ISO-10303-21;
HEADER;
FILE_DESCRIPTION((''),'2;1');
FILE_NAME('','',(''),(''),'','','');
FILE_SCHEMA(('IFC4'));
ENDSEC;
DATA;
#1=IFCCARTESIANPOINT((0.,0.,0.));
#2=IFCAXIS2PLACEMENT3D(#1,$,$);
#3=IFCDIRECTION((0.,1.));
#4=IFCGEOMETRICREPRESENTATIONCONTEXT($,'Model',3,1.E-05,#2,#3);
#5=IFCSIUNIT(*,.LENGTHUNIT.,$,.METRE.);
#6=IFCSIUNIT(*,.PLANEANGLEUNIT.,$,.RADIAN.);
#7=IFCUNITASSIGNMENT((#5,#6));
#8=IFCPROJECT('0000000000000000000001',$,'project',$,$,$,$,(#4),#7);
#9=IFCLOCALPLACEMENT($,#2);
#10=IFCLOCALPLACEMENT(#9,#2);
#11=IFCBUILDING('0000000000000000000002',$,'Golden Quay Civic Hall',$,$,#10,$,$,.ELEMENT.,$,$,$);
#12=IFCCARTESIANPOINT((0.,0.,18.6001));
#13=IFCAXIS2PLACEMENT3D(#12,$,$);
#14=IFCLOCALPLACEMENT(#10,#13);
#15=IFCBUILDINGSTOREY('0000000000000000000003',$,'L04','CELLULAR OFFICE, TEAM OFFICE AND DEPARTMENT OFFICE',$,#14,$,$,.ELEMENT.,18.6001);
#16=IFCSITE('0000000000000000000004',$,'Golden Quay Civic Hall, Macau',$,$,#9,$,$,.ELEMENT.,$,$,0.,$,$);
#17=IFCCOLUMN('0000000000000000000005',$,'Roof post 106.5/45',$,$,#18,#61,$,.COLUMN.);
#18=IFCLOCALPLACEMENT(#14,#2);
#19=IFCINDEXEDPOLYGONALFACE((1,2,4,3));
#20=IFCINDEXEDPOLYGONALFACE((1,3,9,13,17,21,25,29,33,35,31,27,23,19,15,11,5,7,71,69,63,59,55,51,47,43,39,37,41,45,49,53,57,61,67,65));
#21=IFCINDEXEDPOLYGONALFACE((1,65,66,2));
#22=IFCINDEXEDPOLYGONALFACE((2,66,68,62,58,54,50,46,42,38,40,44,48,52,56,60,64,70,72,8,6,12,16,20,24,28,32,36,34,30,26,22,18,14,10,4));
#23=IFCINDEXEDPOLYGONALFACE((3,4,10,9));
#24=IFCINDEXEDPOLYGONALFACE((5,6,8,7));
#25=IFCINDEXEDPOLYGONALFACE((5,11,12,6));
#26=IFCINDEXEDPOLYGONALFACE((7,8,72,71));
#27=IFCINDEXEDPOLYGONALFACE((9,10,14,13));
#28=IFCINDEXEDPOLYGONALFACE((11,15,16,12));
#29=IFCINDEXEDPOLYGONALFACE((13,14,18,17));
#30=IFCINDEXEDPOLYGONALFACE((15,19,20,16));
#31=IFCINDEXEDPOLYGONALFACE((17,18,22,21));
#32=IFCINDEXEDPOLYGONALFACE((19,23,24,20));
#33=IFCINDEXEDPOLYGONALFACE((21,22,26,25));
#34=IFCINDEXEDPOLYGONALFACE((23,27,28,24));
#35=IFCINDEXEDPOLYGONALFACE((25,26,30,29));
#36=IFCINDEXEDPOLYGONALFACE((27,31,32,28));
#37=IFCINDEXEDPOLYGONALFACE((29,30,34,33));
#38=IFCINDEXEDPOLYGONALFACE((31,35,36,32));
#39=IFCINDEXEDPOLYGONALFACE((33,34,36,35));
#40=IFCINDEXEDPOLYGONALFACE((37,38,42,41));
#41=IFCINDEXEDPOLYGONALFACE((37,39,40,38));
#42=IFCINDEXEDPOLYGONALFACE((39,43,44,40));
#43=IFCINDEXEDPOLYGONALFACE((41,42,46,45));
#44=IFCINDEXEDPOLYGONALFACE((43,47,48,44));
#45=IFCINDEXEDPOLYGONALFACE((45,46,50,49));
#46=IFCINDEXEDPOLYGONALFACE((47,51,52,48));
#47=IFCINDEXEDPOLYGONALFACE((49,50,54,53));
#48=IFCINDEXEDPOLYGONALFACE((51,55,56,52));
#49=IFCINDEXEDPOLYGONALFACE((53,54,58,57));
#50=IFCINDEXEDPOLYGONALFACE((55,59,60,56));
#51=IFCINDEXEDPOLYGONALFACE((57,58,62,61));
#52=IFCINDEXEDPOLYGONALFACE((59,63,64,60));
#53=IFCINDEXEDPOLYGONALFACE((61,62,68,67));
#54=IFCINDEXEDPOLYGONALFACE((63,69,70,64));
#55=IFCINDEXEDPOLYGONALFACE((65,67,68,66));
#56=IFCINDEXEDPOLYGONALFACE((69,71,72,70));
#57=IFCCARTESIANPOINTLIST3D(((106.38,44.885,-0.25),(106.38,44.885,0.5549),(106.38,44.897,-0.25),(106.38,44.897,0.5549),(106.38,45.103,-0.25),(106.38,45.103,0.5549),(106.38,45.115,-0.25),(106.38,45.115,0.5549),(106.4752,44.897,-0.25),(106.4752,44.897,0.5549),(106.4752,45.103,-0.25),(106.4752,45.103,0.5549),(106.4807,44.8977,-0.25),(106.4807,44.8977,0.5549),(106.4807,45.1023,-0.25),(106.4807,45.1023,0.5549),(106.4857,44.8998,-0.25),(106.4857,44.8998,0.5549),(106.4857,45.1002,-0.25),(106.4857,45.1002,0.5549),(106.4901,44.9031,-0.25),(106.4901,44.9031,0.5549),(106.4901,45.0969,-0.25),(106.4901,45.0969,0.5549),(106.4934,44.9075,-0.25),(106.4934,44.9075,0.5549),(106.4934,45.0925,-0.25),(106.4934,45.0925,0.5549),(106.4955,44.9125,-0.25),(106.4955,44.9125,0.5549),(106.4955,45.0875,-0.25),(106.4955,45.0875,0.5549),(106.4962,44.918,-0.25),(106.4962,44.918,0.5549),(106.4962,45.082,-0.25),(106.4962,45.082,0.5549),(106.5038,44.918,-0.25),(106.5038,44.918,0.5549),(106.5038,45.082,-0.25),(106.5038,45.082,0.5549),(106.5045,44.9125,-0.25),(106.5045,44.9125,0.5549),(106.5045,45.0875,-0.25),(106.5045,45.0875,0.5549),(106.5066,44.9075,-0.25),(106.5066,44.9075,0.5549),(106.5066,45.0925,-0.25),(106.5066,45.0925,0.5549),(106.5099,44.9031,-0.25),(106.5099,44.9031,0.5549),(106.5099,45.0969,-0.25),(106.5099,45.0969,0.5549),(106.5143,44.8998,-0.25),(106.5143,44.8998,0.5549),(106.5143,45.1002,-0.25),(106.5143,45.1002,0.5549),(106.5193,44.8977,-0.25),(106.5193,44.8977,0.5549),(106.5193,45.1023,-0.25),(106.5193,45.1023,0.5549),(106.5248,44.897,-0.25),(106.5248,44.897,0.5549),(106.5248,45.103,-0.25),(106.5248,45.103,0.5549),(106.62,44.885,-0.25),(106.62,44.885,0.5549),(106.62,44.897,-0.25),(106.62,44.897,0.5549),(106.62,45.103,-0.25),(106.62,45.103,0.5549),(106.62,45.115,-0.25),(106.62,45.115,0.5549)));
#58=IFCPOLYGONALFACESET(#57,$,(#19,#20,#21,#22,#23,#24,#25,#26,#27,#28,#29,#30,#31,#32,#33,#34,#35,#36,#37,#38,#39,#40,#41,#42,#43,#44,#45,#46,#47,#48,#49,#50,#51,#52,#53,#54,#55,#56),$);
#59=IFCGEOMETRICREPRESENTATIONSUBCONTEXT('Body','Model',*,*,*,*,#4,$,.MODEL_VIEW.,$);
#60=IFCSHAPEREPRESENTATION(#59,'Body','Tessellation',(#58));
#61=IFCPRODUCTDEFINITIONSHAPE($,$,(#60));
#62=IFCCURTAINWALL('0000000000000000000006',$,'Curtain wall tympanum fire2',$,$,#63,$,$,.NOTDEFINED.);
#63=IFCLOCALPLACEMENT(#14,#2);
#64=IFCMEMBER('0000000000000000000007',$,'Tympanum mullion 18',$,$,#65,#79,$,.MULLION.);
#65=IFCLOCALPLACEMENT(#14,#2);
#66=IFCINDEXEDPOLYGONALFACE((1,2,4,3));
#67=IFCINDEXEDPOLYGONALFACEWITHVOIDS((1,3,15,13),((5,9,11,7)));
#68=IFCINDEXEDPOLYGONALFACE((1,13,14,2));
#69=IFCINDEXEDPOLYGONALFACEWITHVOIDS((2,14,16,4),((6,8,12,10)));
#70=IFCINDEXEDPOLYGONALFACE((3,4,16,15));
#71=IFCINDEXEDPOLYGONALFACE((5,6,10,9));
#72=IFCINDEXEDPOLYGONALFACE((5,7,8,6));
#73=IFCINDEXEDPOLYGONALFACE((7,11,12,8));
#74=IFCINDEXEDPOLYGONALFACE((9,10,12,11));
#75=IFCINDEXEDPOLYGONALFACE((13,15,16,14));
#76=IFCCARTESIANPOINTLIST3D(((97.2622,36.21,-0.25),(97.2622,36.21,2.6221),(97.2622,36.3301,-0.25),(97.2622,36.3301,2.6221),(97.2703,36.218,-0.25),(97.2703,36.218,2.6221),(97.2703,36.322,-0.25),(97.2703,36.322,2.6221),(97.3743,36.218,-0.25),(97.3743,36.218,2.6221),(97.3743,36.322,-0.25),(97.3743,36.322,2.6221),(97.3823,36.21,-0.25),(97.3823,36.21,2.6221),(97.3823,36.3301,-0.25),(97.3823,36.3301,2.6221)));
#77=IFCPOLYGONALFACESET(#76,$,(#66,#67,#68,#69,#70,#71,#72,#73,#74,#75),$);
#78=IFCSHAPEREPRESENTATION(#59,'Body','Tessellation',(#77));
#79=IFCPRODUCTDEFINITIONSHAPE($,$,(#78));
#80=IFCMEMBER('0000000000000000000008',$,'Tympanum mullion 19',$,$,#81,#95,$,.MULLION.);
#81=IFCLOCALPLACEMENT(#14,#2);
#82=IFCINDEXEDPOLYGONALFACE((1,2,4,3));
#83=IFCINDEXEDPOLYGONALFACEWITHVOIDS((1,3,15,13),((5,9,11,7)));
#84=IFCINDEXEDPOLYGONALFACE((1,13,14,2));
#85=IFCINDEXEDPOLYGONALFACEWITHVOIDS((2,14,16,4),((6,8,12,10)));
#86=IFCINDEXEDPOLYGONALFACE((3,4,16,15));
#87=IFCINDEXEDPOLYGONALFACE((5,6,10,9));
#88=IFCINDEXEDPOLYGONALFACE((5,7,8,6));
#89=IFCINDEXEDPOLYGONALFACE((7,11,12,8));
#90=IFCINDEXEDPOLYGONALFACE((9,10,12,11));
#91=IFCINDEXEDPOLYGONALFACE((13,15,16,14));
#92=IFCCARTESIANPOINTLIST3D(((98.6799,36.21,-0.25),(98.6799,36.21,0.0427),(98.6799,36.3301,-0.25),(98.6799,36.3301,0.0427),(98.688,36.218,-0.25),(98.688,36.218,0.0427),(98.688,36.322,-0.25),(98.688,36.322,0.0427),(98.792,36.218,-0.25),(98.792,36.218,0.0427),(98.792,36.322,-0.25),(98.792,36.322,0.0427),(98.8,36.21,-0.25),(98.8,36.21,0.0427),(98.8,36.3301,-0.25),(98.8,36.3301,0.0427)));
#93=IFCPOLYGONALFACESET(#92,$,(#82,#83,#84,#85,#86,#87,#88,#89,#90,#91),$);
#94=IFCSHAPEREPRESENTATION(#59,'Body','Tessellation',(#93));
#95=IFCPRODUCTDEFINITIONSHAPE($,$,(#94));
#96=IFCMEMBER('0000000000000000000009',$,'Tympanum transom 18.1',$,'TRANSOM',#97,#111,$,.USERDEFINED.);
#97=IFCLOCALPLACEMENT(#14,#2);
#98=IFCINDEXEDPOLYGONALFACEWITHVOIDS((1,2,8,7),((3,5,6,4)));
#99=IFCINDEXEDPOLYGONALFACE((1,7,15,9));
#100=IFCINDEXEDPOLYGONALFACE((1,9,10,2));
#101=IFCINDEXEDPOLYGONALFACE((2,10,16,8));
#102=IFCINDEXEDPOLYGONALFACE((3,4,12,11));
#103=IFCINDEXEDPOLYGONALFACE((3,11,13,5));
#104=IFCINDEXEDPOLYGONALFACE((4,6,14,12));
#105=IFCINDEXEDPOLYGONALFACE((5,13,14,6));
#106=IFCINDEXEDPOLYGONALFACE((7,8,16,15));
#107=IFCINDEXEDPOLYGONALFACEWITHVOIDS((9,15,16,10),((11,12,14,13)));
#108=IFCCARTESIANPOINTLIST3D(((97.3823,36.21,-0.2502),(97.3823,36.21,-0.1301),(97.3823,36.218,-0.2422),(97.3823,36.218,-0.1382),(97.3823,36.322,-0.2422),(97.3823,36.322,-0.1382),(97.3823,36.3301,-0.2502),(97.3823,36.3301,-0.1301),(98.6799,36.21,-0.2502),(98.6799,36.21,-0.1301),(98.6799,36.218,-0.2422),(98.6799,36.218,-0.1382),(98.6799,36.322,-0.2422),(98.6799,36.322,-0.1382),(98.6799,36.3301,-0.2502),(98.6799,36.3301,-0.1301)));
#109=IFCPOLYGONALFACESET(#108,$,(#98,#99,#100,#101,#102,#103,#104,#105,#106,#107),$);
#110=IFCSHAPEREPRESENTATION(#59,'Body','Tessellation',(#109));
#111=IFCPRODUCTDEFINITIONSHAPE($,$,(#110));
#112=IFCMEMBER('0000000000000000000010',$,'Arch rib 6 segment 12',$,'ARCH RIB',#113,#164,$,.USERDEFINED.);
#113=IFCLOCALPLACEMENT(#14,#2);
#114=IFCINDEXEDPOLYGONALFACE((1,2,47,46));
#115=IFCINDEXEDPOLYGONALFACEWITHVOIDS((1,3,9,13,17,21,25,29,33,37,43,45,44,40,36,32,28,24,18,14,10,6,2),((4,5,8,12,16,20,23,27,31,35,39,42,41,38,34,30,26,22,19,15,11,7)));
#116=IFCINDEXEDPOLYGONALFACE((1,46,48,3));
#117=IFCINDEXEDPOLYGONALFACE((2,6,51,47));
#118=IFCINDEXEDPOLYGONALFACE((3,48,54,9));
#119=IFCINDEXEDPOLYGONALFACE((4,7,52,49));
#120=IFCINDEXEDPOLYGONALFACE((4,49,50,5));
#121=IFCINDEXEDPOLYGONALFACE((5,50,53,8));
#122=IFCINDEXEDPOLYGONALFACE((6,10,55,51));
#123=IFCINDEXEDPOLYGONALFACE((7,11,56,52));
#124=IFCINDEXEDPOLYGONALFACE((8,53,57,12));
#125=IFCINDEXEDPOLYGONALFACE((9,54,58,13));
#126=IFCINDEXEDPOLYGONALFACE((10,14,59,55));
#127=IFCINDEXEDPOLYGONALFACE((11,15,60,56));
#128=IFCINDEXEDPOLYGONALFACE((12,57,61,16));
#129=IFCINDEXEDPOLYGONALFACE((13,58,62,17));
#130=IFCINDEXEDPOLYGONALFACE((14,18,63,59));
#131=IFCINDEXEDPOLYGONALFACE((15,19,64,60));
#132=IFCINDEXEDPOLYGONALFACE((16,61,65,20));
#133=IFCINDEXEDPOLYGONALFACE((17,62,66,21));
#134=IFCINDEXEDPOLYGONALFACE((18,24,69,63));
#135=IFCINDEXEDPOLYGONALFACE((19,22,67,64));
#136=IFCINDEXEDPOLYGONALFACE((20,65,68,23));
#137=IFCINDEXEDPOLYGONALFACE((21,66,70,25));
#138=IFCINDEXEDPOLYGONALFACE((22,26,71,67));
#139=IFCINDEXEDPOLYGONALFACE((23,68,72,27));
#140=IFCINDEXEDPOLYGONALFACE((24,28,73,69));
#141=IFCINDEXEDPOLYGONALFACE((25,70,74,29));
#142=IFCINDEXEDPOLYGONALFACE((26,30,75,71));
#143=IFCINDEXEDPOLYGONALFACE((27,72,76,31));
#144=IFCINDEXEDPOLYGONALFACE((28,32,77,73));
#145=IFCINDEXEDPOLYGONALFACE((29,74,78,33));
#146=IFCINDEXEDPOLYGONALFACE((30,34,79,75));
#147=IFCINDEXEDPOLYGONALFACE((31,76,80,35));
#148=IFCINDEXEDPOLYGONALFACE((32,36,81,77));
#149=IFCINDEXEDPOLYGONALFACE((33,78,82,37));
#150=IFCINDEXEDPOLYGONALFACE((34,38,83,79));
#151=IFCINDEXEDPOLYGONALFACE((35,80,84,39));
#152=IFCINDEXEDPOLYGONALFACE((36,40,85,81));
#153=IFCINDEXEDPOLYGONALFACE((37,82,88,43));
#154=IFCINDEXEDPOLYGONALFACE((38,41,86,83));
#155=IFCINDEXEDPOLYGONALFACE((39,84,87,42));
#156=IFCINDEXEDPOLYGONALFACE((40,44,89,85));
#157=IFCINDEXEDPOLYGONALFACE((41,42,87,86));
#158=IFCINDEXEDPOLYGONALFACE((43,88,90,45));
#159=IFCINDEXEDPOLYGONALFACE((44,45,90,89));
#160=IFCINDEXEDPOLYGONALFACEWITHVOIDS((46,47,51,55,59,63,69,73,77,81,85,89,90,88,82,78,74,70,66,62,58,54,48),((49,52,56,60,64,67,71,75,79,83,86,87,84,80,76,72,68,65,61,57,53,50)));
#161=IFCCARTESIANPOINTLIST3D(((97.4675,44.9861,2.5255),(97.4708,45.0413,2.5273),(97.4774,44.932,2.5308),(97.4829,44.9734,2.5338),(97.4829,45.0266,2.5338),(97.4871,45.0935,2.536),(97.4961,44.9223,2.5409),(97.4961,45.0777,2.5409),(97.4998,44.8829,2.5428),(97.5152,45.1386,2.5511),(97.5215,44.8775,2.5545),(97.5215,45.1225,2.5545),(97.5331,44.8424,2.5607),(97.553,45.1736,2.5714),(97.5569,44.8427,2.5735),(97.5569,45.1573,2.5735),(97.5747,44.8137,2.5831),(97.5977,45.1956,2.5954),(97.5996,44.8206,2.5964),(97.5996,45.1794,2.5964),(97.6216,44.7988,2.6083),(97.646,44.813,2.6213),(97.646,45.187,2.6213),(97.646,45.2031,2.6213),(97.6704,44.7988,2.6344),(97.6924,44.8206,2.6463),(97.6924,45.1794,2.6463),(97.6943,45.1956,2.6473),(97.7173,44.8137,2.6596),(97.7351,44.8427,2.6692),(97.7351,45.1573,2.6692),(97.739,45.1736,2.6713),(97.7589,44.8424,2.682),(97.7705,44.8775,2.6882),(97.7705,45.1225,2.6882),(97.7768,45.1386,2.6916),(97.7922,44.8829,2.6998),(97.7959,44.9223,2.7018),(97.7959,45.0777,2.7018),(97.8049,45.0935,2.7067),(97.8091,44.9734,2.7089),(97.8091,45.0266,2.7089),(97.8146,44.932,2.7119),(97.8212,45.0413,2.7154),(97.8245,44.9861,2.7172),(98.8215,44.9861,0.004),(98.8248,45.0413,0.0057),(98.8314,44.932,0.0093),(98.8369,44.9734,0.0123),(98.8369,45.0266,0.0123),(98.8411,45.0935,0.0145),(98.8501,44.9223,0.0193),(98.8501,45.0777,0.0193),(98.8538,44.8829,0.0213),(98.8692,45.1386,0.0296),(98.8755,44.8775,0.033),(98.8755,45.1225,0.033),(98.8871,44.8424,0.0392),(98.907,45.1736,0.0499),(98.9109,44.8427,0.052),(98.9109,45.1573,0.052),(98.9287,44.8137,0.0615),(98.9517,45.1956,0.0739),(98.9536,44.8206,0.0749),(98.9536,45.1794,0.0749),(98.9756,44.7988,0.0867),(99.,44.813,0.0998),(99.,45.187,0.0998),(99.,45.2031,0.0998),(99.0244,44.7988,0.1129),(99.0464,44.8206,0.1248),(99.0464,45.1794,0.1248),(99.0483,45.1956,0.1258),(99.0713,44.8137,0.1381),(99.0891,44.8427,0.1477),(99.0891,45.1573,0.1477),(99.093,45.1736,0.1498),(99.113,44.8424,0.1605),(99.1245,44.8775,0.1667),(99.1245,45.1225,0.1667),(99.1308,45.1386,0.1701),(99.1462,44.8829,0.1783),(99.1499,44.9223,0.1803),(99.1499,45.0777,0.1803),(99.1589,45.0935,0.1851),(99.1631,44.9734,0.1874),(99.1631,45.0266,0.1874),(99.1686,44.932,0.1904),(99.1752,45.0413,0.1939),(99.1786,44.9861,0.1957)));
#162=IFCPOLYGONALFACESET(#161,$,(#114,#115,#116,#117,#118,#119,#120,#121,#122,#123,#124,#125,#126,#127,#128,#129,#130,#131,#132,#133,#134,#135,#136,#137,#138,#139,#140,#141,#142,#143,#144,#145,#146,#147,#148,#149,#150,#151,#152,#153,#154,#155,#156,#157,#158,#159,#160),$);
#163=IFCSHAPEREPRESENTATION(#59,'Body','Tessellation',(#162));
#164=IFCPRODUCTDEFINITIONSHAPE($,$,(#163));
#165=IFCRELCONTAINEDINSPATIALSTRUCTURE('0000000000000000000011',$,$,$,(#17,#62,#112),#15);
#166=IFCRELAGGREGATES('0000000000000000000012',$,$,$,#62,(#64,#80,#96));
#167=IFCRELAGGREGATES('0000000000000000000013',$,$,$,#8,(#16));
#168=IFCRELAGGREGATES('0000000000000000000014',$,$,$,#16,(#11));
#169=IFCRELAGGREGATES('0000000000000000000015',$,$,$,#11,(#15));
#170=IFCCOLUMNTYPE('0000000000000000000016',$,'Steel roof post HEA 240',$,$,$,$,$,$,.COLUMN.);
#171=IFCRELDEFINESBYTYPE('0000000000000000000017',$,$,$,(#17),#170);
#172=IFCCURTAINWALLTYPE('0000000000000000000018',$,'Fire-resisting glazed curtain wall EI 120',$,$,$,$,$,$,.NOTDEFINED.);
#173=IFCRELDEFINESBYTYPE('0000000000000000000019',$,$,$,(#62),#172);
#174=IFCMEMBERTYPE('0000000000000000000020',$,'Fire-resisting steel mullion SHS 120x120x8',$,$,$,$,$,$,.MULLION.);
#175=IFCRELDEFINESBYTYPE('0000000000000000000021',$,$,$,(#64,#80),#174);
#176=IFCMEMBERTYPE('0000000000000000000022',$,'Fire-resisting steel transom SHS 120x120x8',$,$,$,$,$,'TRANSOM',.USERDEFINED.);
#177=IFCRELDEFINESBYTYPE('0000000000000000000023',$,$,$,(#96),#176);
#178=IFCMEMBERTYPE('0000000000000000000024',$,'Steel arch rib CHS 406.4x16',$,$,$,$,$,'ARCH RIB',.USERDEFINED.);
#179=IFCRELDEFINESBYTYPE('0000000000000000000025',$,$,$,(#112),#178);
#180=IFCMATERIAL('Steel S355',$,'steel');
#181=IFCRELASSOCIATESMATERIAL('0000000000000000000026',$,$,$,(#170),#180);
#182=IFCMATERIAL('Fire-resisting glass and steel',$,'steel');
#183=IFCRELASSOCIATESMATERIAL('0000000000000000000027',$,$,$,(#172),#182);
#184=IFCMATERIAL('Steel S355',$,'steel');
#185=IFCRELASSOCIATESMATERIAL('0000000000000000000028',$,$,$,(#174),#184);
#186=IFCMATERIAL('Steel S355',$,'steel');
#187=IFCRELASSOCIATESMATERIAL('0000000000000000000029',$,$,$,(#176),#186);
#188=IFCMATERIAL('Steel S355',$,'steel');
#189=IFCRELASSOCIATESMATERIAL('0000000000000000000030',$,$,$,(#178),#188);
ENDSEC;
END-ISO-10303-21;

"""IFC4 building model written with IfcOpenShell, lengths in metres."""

from ifc_helpers import new_model, si_unit, direction, frame, origin, origin_2d, place, context, subcontext, project, spatial, hollow_rectangle, hollow_circle, i_section, extrude, material, material_profile, profile_set, type_object, element, aggregate, save


model = new_model("IFC4")

# Units and contexts
model_context = context("Model", 3, precision=1e-05, world=origin(), true_north=direction((0.0, 1.0)))
body_context = subcontext(model_context, "Body", "Model", "MODEL_VIEW")
ifc_project = project(units=[si_unit("LENGTHUNIT", "METRE"), si_unit("PLANEANGLEUNIT", "RADIAN")], contexts=[model_context])

# Site, building, storey
site_placement = place(None, origin())
site = spatial("IfcSite", under=ifc_project, at=site_placement, Name="Golden Quay Civic Hall, Macau", CompositionType="ELEMENT", RefElevation=0.0)
building_placement = place(site_placement, origin())
building = spatial("IfcBuilding", under=site, at=building_placement, Name="Golden Quay Civic Hall", CompositionType="ELEMENT")
storey_placement = place(building_placement, frame((0.0, 0.0, 18.6001)))
storey = spatial("IfcBuildingStorey", under=building, at=storey_placement, Name="L04", Description="CELLULAR OFFICE, TEAM OFFICE AND DEPARTMENT OFFICE", CompositionType="ELEMENT", Elevation=18.6001)

# Column
ifc_material_1 = material(Name="Steel S355", Category="steel")
ifc_material_profile_1 = material_profile(ifc_material_1, i_section(OverallWidth=0.24, OverallDepth=0.23, WebThickness=0.0076, FlangeThickness=0.012, FilletRadius=0.021, at=origin_2d()), Name="HEA 240")
ifc_profile_set_1 = profile_set([ifc_material_profile_1], Name="Steel S355")
column_type = type_object("IfcColumnType", Name="Steel roof post HEA 240", PredefinedType="COLUMN", material=ifc_profile_set_1)
column_placement = place(storey_placement, frame((106.5, 45.0, -0.25), z_axis=(0.0, 0.0, 1.0), x_axis=(1.0, 0.0, 0.0)))
element("IfcColumn", 1, at=column_placement, inside=storey, type_object=column_type, Name="Roof post 106.5/45", PredefinedType="COLUMN", context=body_context, shape_type="SweptSolid", body=[
    extrude(i_section(OverallWidth=0.24, OverallDepth=0.23, WebThickness=0.0076, FlangeThickness=0.012, FilletRadius=0.021, at=origin_2d()), origin(), (0.0, 0.0, 1.0), 0.8049),
])

# Curtain wall, members
ifc_material_2 = material(Name="Fire-resisting glass and steel", Category="steel")
curtain_wall_type = type_object("IfcCurtainWallType", Name="Fire-resisting glazed curtain wall EI 120", PredefinedType="NOTDEFINED", material=ifc_material_2)
curtain_wall_placement = place(storey_placement, origin())
curtain_wall = element("IfcCurtainWall", 2, at=curtain_wall_placement, inside=storey, type_object=curtain_wall_type, Name="Curtain wall tympanum fire2", PredefinedType="NOTDEFINED")
ifc_material_3 = material(Name="Steel S355", Category="steel")
ifc_material_profile_2 = material_profile(ifc_material_3, hollow_rectangle(XDim=0.1201, YDim=0.1201, WallThickness=0.0081, at=origin_2d()), Name="SHS 120x120x8")
ifc_profile_set_2 = profile_set([ifc_material_profile_2], Name="Steel S355")
member_type_1 = type_object("IfcMemberType", Name="Fire-resisting steel mullion SHS 120x120x8", PredefinedType="MULLION", material=ifc_profile_set_2)
member_1_placement = place(storey_placement, frame((97.3223, 36.27, -0.25), z_axis=(0.0, 0.0, 1.0), x_axis=(0.0, 1.0, 0.0)))
member_1 = element("IfcMember", 3, at=member_1_placement, type_object=member_type_1, Name="Tympanum mullion 18", PredefinedType="MULLION", context=body_context, shape_type="SweptSolid", body=[
    extrude(hollow_rectangle(XDim=0.1201, YDim=0.1201, WallThickness=0.0081, at=origin_2d()), origin(), (0.0, 0.0, 1.0), 2.8721),
])
member_2_placement = place(storey_placement, frame((98.74, 36.27, -0.25), z_axis=(0.0, 0.0, 1.0), x_axis=(0.0, 1.0, 0.0)))
member_2 = element("IfcMember", 4, at=member_2_placement, type_object=member_type_1, Name="Tympanum mullion 19", PredefinedType="MULLION", context=body_context, shape_type="SweptSolid", body=[
    extrude(hollow_rectangle(XDim=0.1201, YDim=0.1201, WallThickness=0.0081, at=origin_2d()), origin(), (0.0, 0.0, 1.0), 0.2927),
])
ifc_material_4 = material(Name="Steel S355", Category="steel")
ifc_material_profile_3 = material_profile(ifc_material_4, hollow_rectangle(XDim=0.1201, YDim=0.1201, WallThickness=0.0081, at=origin_2d()), Name="SHS 120x120x8")
ifc_profile_set_3 = profile_set([ifc_material_profile_3], Name="Steel S355")
member_type_2 = type_object("IfcMemberType", Name="Fire-resisting steel transom SHS 120x120x8", ElementType="TRANSOM", PredefinedType="USERDEFINED", material=ifc_profile_set_3)
member_3_placement = place(storey_placement, frame((97.3823, 36.27, -0.1902), z_axis=(1.0, 0.0, 0.0), x_axis=(0.0, 1.0, 0.0)))
member_3 = element("IfcMember", 5, at=member_3_placement, type_object=member_type_2, Name="Tympanum transom 18.1", ObjectType="TRANSOM", PredefinedType="USERDEFINED", context=body_context, shape_type="SweptSolid", body=[
    extrude(hollow_rectangle(XDim=0.1201, YDim=0.1201, WallThickness=0.0081, at=origin_2d()), origin(), (0.0, 0.0, 1.0), 1.2976),
])

# Member
ifc_material_5 = material(Name="Steel S355", Category="steel")
ifc_material_profile_4 = material_profile(ifc_material_5, hollow_circle(Radius=0.2031, WallThickness=0.0161, at=origin_2d()), Name="CHS 406.4x16")
ifc_profile_set_4 = profile_set([ifc_material_profile_4], Name="Steel S355")
member_type_3 = type_object("IfcMemberType", Name="Steel arch rib CHS 406.4x16", ElementType="ARCH RIB", PredefinedType="USERDEFINED", material=ifc_profile_set_4)
member_4_placement = place(storey_placement, frame((97.646, 45.0, 2.6213), z_axis=(0.473092, 0.0, -0.881013), x_axis=(0.0, 1.0, 0.0)))
element("IfcMember", 6, at=member_4_placement, inside=storey, type_object=member_type_3, Name="Arch rib 6 segment 12", ObjectType="ARCH RIB", PredefinedType="USERDEFINED", context=body_context, shape_type="SweptSolid", body=[
    extrude(hollow_circle(Radius=0.2031, WallThickness=0.0161, at=origin_2d()), origin(), (0.0, 0.0, 1.0), 2.8621),
])

aggregate(curtain_wall, [member_1, member_2, member_3])

save(model, "model.ifc")
